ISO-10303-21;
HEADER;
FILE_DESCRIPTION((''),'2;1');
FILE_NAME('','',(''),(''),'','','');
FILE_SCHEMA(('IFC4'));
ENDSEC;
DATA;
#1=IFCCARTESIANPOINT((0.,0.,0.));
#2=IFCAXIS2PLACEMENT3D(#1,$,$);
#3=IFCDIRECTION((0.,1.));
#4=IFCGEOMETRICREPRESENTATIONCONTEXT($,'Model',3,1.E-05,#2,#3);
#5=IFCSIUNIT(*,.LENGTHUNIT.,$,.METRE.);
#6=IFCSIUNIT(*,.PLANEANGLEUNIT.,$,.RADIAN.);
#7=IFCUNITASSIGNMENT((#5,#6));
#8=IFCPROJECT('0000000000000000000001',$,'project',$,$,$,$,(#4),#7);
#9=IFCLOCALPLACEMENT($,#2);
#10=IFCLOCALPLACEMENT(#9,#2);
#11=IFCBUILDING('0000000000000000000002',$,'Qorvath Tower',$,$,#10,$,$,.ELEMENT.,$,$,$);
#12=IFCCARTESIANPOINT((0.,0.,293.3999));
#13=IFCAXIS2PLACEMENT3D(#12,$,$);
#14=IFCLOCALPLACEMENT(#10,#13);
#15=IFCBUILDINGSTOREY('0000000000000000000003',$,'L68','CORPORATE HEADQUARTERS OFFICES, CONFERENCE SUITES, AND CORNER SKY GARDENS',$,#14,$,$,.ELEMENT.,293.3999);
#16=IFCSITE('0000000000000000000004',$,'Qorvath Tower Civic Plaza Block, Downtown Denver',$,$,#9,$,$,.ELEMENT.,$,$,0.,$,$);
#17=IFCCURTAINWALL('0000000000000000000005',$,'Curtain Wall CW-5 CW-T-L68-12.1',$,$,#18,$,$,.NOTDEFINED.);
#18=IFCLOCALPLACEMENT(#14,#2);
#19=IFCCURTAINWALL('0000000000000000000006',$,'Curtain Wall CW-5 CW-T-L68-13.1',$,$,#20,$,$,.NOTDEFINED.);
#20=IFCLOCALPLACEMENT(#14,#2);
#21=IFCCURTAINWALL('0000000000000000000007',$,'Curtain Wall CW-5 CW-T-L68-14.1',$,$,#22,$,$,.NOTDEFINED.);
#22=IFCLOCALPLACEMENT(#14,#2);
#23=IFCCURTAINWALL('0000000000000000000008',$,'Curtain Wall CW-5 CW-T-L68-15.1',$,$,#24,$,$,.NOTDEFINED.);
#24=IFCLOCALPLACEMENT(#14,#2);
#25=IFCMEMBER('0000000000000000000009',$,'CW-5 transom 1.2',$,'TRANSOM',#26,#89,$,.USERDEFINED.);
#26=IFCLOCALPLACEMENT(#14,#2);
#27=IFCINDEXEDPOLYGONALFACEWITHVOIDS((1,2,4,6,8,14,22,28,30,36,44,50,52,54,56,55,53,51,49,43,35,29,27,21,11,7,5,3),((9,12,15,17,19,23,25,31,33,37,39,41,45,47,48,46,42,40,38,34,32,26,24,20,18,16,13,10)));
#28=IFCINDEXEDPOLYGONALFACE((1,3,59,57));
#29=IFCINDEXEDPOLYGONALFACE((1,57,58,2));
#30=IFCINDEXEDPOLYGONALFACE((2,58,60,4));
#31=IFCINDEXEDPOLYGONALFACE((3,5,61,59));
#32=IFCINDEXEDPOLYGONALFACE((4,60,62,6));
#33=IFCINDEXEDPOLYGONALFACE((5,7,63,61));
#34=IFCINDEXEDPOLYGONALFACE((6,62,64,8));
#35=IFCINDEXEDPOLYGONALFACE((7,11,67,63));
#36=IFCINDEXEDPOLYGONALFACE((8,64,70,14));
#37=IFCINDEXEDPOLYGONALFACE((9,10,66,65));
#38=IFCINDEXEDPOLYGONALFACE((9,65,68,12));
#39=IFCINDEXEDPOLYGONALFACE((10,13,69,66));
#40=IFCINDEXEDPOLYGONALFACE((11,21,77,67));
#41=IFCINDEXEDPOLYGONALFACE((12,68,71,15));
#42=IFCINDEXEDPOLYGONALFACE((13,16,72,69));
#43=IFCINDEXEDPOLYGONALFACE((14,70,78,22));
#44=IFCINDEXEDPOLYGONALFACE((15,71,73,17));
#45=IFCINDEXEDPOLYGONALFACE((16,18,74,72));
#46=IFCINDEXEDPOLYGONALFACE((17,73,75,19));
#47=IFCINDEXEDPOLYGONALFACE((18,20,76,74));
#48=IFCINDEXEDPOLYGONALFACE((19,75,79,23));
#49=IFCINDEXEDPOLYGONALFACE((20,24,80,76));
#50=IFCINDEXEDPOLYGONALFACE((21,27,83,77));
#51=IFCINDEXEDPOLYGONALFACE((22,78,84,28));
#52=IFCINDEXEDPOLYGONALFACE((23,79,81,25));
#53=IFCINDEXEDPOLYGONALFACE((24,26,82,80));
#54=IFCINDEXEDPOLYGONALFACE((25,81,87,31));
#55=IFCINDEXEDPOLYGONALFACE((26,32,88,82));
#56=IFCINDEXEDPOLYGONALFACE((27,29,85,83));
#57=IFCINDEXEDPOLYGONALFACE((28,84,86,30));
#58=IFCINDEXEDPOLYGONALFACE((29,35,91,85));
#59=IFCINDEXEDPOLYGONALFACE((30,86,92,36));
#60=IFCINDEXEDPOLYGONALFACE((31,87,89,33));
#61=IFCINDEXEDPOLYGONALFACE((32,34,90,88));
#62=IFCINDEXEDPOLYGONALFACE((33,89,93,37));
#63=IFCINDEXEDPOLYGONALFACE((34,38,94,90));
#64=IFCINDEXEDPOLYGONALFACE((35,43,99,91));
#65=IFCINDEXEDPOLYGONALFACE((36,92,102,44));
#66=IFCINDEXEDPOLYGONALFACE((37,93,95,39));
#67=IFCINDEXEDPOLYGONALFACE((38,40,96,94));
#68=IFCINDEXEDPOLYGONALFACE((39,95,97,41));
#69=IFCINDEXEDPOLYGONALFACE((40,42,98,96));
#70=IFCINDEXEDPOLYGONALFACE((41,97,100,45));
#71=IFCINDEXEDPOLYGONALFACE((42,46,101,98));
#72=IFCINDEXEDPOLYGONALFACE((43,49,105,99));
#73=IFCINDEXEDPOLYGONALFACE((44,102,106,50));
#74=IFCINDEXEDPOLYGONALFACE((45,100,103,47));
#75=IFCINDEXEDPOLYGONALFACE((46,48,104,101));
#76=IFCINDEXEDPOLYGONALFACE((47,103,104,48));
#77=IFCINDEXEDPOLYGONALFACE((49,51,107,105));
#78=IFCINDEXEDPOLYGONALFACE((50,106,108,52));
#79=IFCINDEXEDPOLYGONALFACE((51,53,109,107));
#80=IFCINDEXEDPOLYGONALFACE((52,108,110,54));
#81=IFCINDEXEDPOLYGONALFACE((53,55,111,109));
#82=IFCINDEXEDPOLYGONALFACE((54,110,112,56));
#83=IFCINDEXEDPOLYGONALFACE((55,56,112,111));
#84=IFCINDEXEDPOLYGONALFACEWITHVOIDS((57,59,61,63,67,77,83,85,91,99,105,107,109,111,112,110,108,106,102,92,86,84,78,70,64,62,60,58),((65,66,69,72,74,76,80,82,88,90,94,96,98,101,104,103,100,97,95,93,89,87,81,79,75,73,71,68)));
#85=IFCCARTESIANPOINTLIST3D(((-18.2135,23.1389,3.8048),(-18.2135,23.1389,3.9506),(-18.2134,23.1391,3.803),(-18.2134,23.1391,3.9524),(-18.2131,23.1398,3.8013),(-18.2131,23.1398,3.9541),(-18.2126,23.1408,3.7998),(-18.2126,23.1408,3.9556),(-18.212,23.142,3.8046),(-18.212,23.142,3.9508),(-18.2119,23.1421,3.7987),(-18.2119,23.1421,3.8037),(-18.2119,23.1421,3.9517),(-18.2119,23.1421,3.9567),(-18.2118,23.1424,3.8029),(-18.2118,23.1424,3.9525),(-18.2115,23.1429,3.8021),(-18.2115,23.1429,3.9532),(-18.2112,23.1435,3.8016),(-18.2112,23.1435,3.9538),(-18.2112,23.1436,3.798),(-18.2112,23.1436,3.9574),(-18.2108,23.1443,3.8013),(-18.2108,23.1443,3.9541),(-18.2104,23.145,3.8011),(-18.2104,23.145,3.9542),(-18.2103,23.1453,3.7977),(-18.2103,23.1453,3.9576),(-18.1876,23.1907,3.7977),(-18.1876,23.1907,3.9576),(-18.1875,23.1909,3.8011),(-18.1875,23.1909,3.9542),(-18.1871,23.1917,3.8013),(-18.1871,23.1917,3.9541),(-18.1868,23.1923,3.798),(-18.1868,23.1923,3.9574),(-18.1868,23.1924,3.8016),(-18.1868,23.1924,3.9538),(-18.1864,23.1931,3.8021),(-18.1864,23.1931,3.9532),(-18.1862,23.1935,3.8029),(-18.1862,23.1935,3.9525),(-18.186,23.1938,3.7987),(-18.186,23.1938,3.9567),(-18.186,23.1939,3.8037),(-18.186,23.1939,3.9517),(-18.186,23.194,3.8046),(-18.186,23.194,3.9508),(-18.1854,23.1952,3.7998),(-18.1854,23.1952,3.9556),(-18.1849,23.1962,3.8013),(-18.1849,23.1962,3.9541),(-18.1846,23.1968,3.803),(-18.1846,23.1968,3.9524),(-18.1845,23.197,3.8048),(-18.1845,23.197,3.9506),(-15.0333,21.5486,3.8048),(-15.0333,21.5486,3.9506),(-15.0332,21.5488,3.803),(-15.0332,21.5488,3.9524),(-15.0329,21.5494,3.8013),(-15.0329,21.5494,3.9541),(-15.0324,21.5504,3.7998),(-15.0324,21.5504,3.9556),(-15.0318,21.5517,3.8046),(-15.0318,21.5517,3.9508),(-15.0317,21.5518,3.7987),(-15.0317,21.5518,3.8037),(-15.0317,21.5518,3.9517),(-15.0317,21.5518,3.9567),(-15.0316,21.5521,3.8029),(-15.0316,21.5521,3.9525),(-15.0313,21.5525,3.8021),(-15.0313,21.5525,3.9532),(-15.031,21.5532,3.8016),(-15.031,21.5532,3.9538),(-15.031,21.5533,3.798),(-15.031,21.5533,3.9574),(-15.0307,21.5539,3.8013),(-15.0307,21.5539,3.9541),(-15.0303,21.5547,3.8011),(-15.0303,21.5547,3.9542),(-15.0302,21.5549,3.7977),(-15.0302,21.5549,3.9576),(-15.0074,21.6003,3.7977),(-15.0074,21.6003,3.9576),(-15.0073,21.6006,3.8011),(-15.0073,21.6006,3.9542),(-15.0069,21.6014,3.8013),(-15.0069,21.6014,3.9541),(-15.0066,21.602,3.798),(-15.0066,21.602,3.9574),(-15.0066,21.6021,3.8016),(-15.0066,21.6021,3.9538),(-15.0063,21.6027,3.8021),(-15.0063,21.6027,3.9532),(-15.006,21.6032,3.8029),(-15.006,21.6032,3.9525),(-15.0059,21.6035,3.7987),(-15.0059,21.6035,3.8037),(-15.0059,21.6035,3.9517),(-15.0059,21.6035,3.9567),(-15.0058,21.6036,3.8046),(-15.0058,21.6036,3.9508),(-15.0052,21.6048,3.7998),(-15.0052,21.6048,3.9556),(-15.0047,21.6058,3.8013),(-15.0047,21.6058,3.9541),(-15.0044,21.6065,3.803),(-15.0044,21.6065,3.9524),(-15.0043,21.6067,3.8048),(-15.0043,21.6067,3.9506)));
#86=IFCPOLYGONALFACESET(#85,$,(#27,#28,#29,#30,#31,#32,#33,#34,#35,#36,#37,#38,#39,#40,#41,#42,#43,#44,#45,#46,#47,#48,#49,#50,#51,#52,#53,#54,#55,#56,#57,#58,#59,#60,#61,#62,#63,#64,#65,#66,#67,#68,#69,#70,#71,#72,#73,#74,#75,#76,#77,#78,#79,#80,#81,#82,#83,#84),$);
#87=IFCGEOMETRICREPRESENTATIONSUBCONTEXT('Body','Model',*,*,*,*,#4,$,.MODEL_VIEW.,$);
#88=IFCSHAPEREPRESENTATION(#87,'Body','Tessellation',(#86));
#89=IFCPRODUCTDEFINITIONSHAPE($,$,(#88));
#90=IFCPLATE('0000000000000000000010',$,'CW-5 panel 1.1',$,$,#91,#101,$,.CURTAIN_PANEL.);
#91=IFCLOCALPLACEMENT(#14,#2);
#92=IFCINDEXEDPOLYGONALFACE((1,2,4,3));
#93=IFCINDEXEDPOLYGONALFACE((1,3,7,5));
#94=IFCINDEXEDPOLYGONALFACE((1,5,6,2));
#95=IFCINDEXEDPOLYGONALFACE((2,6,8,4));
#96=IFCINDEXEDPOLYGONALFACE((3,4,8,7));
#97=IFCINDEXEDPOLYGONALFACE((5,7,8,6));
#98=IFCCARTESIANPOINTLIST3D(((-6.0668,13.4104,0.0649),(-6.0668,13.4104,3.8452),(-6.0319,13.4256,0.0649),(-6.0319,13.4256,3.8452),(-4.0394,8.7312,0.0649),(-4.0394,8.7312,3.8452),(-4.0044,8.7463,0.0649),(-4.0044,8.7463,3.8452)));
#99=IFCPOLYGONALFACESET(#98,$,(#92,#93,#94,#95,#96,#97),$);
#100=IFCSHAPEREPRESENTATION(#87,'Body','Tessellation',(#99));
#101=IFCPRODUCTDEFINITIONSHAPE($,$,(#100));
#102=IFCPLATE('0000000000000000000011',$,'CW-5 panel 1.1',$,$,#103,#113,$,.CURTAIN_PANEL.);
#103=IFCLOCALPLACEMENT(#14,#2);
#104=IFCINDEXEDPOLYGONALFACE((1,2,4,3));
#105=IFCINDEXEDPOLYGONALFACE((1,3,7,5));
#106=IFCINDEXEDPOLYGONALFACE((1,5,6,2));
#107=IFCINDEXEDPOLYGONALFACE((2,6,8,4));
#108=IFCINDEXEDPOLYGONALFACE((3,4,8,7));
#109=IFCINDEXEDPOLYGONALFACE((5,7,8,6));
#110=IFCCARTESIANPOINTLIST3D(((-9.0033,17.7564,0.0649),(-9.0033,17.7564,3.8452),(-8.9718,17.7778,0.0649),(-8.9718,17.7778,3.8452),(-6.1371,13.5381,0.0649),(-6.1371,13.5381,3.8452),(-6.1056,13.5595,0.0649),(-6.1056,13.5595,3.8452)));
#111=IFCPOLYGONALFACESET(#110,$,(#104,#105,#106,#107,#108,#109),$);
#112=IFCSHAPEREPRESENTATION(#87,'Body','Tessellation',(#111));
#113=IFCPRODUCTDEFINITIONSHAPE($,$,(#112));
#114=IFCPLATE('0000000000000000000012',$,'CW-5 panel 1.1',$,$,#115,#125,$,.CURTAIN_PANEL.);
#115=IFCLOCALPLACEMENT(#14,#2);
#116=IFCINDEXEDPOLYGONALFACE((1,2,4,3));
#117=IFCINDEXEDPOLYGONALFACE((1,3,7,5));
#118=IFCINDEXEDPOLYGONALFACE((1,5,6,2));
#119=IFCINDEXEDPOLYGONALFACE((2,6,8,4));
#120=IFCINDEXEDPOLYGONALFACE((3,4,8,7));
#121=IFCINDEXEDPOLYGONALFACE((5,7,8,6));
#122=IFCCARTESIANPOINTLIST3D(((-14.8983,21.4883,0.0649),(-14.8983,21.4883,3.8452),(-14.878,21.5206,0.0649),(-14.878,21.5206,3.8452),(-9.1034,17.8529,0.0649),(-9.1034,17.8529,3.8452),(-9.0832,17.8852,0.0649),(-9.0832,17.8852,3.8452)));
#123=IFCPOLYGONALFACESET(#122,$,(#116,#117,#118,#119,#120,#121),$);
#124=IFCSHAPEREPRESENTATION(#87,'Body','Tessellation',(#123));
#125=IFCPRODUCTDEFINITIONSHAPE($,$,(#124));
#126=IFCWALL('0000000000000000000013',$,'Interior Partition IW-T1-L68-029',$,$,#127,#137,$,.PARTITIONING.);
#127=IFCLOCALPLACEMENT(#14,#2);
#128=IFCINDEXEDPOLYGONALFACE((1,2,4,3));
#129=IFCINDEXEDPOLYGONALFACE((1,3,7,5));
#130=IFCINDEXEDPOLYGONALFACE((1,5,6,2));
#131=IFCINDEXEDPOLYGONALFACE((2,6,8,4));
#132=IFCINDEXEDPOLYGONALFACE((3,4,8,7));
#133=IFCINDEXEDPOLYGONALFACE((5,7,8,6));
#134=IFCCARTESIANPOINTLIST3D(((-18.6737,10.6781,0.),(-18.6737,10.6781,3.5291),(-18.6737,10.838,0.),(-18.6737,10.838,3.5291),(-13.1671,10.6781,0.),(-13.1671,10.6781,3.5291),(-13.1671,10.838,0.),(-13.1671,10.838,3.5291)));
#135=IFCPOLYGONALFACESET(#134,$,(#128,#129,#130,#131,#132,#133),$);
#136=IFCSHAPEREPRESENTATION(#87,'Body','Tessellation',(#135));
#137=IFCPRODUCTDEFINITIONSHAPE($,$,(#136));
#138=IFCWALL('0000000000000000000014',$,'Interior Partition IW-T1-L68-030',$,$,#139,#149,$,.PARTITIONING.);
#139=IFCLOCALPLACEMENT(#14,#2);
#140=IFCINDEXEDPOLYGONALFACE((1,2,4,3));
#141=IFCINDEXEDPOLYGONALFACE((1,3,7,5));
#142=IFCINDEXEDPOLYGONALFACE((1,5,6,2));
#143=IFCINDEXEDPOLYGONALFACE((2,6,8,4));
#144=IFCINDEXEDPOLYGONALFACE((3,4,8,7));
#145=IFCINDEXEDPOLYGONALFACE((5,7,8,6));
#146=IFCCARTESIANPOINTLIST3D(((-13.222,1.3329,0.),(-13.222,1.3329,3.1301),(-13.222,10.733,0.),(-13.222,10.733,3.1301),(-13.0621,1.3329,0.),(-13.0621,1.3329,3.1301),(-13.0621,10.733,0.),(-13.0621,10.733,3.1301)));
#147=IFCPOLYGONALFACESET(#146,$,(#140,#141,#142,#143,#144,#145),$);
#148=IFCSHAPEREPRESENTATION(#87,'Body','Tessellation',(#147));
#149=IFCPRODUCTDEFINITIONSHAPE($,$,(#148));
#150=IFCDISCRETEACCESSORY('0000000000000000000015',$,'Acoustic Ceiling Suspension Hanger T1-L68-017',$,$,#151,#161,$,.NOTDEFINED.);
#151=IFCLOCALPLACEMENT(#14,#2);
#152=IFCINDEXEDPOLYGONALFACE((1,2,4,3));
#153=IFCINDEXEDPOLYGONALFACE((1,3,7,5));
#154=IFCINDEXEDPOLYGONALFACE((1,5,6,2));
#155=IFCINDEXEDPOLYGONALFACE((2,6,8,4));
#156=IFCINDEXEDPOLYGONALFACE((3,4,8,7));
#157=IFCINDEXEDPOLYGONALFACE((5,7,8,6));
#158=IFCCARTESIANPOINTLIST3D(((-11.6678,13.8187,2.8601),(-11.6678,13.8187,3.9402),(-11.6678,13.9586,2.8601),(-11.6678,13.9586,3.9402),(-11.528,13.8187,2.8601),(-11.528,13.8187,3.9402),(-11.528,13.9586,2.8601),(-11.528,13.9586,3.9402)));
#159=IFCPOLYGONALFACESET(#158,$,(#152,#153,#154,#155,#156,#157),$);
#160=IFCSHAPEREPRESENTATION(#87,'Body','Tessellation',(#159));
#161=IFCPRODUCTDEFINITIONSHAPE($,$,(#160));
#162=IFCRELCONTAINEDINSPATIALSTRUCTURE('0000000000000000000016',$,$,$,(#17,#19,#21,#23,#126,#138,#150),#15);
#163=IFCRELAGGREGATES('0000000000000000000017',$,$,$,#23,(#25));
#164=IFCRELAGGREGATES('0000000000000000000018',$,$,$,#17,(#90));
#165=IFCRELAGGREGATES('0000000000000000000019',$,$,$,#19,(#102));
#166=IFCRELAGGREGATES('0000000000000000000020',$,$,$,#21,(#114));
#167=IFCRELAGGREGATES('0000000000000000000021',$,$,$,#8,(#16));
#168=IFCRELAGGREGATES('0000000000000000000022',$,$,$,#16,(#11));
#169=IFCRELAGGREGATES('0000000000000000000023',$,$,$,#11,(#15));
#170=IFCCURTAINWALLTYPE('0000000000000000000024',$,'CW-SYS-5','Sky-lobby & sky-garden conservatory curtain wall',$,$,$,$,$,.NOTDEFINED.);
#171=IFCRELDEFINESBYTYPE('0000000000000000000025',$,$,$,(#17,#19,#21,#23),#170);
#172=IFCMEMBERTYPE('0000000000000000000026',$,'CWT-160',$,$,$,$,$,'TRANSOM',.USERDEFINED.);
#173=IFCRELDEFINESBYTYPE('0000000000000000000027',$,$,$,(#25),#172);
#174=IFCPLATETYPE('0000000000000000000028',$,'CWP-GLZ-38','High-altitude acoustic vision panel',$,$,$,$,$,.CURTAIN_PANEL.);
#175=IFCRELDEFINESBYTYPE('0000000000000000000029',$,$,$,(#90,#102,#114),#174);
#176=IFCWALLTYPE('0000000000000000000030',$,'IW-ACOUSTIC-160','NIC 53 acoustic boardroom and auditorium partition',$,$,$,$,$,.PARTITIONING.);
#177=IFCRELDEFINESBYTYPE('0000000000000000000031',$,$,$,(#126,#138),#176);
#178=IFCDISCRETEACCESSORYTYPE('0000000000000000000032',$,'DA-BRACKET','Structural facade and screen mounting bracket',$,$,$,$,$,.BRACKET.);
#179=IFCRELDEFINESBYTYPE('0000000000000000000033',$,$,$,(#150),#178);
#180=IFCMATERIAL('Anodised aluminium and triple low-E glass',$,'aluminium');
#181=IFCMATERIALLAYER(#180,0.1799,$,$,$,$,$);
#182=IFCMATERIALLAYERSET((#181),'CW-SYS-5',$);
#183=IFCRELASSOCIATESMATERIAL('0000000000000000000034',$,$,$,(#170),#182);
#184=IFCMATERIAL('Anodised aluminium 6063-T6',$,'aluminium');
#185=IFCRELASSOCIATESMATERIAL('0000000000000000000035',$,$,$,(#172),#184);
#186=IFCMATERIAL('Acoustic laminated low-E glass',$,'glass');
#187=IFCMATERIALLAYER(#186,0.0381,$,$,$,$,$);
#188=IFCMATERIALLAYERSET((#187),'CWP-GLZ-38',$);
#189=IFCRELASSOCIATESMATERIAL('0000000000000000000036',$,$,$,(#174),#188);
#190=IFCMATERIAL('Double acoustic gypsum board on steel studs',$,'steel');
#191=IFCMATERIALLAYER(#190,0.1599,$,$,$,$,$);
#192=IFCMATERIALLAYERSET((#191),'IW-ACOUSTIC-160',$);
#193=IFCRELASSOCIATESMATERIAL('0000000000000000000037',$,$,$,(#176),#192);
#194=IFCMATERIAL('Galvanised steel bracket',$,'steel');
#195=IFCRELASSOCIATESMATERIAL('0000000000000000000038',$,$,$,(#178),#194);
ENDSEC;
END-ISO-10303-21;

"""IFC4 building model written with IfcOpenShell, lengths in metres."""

from ifc_helpers import new_model, si_unit, direction, frame, frame_2d, origin, origin_2d, place, context, subcontext, project, spatial, rectangle, hollow_rectangle, extrude, material, layer, layer_set, material_profile, profile_set, type_object, element, aggregate, save


model = new_model("IFC4")

# Units and contexts
model_context = context("Model", 3, precision=1e-05, world=origin(), true_north=direction((0.0, 1.0)))
body_context = subcontext(model_context, "Body", "Model", "MODEL_VIEW")
ifc_project = project(units=[si_unit("LENGTHUNIT", "METRE"), si_unit("PLANEANGLEUNIT", "RADIAN")], contexts=[model_context])

# Site, building, storey
site_placement = place(None, origin())
site = spatial("IfcSite", under=ifc_project, at=site_placement, Name="Qorvath Tower Civic Plaza Block, Downtown Denver", CompositionType="ELEMENT", RefElevation=0.0)
building_placement = place(site_placement, origin())
building = spatial("IfcBuilding", under=site, at=building_placement, Name="Qorvath Tower", CompositionType="ELEMENT")
storey_placement = place(building_placement, frame((0.0, 0.0, 293.3999)))
storey = spatial("IfcBuildingStorey", under=building, at=storey_placement, Name="L68", Description="CORPORATE HEADQUARTERS OFFICES, CONFERENCE SUITES, AND CORNER SKY GARDENS", CompositionType="ELEMENT", Elevation=293.3999)

# Curtain walls
ifc_material_1 = material(Name="Anodised aluminium and triple low-E glass", Category="aluminium")
ifc_layer_1 = layer(ifc_material_1, 0.1799)
ifc_layer_set_1 = layer_set([ifc_layer_1], Name="CW-SYS-5")
curtain_wall_type = type_object("IfcCurtainWallType", Name="CW-SYS-5", Description="Sky-lobby & sky-garden conservatory curtain wall", PredefinedType="NOTDEFINED", material=ifc_layer_set_1)
curtain_wall_1_placement = place(storey_placement, origin())
curtain_wall_1 = element("IfcCurtainWall", 1, at=curtain_wall_1_placement, inside=storey, type_object=curtain_wall_type, Name="Curtain Wall CW-5 CW-T-L68-12.1", PredefinedType="NOTDEFINED")
curtain_wall_2_placement = place(storey_placement, origin())
curtain_wall_2 = element("IfcCurtainWall", 2, at=curtain_wall_2_placement, inside=storey, type_object=curtain_wall_type, Name="Curtain Wall CW-5 CW-T-L68-13.1", PredefinedType="NOTDEFINED")
curtain_wall_3_placement = place(storey_placement, origin())
curtain_wall_3 = element("IfcCurtainWall", 3, at=curtain_wall_3_placement, inside=storey, type_object=curtain_wall_type, Name="Curtain Wall CW-5 CW-T-L68-14.1", PredefinedType="NOTDEFINED")

# Curtain wall
curtain_wall_4_placement = place(storey_placement, origin())
curtain_wall_4 = element("IfcCurtainWall", 4, at=curtain_wall_4_placement, inside=storey, type_object=curtain_wall_type, Name="Curtain Wall CW-5 CW-T-L68-15.1", PredefinedType="NOTDEFINED")

# Member
ifc_material_2 = material(Name="Anodised aluminium 6063-T6", Category="aluminium")
ifc_material_profile_1 = material_profile(ifc_material_2, hollow_rectangle(XDim=0.0649, YDim=0.1599, WallThickness=0.0034, InnerFilletRadius=0.0034, OuterFilletRadius=0.0071, at=origin_2d()), Name="CWT 160x65")
ifc_profile_set_1 = profile_set([ifc_material_profile_1], Name="Anodised aluminium 6063-T6")
member_type_1 = type_object("IfcMemberType", Name="CWT-160", ElementType="TRANSOM", PredefinedType="USERDEFINED", material=ifc_profile_set_1)
member_1_placement = place(storey_placement, frame((-15.0188, 21.5776, 3.8777), z_axis=(-0.8944, 0.447269, 0.0), x_axis=(-0.447269, -0.8944, 0.0)))
member_1 = element("IfcMember", 5, at=member_1_placement, type_object=member_type_1, Name="CW-5 transom 1.2", ObjectType="TRANSOM", PredefinedType="USERDEFINED", context=body_context, shape_type="SweptSolid", body=[
    extrude(hollow_rectangle(XDim=0.0649, YDim=0.1599, WallThickness=0.0034, InnerFilletRadius=0.0034, OuterFilletRadius=0.0071, at=origin_2d()), origin(), (0.0, 0.0, 1.0), 3.5557),
])
aggregate(curtain_wall_4, [member_1])

# Plates
ifc_material_3 = material(Name="Acoustic laminated low-E glass", Category="glass")
ifc_layer_2 = layer(ifc_material_3, 0.0381)
ifc_layer_set_2 = layer_set([ifc_layer_2], Name="CWP-GLZ-38")
plate_type = type_object("IfcPlateType", Name="CWP-GLZ-38", Description="High-altitude acoustic vision panel", PredefinedType="CURTAIN_PANEL", material=ifc_layer_set_2)
plate_1_placement = place(storey_placement, frame((-5.0356, 11.0784, 0.0649), z_axis=(0.0, 0.0, 1.0), x_axis=(-0.397572, 0.917571, 0.0)))
plate_1 = element("IfcPlate", 6, at=plate_1_placement, type_object=plate_type, Name="CW-5 panel 1.1", PredefinedType="CURTAIN_PANEL", context=body_context, shape_type="SweptSolid", body=[
    extrude(rectangle(XDim=5.0996, YDim=0.0381, at=origin_2d()), origin(), (0.0, 0.0, 1.0), 3.7803),
])
aggregate(curtain_wall_1, [plate_1])
plate_2_placement = place(storey_placement, frame((-7.5544, 15.658, 0.0649), z_axis=(0.0, 0.0, 1.0), x_axis=(-0.562015, 0.827127, 0.0)))
plate_2 = element("IfcPlate", 7, at=plate_2_placement, type_object=plate_type, Name="CW-5 panel 1.1", PredefinedType="CURTAIN_PANEL", context=body_context, shape_type="SweptSolid", body=[
    extrude(rectangle(XDim=5.0999, YDim=0.0381, at=origin_2d()), origin(), (0.0, 0.0, 1.0), 3.7803),
])
aggregate(curtain_wall_2, [plate_2])
plate_3_placement = place(storey_placement, frame((-11.9907, 19.6868, 0.0649), z_axis=(0.0, 0.0, 1.0), x_axis=(-0.847103, 0.531429, 0.0)))
plate_3 = element("IfcPlate", 8, at=plate_3_placement, type_object=plate_type, Name="CW-5 panel 1.1", PredefinedType="CURTAIN_PANEL", context=body_context, shape_type="SweptSolid", body=[
    extrude(rectangle(XDim=6.8408, YDim=0.0381, at=origin_2d()), origin(), (0.0, 0.0, 1.0), 3.7803),
])
aggregate(curtain_wall_3, [plate_3])

# Walls
ifc_material_4 = material(Name="Double acoustic gypsum board on steel studs", Category="steel")
ifc_layer_3 = layer(ifc_material_4, 0.1599)
ifc_layer_set_3 = layer_set([ifc_layer_3], Name="IW-ACOUSTIC-160")
wall_type = type_object("IfcWallType", Name="IW-ACOUSTIC-160", Description="NIC 53 acoustic boardroom and auditorium partition", PredefinedType="PARTITIONING", material=ifc_layer_set_3)
wall_1_placement = place(storey_placement, frame((-13.167, 10.7581, 0.0), z_axis=(0.0, 0.0, 1.0), x_axis=(-1.0, 0.0, 0.0)))
element("IfcWall", 9, at=wall_1_placement, inside=storey, type_object=wall_type, Name="Interior Partition IW-T1-L68-029", PredefinedType="PARTITIONING", context=body_context, shape_type="SweptSolid", body=[
    extrude(rectangle(XDim=5.5066, YDim=0.1599, at=frame_2d((2.7534, 0.0))), origin(), (0.0, 0.0, 1.0), 3.5291),
])
wall_2_placement = place(storey_placement, frame((-13.1421, 10.7332, 0.0), z_axis=(0.0, 0.0, 1.0), x_axis=(0.0, -1.0, 0.0)))
element("IfcWall", 10, at=wall_2_placement, inside=storey, type_object=wall_type, Name="Interior Partition IW-T1-L68-030", PredefinedType="PARTITIONING", context=body_context, shape_type="SweptSolid", body=[
    extrude(rectangle(XDim=9.4001, YDim=0.1599, at=frame_2d((4.7002, 0.0))), origin(), (0.0, 0.0, 1.0), 3.1301),
])

# Discrete accessory
ifc_material_5 = material(Name="Galvanised steel bracket", Category="steel")
discrete_accessory_type = type_object("IfcDiscreteAccessoryType", Name="DA-BRACKET", Description="Structural facade and screen mounting bracket", PredefinedType="BRACKET", material=ifc_material_5)
discrete_accessory_placement = place(storey_placement, frame((-11.5979, 13.8887, 2.8601), z_axis=(0.0, 0.0, 1.0), x_axis=(1.0, 0.0, 0.0)))
element("IfcDiscreteAccessory", 11, at=discrete_accessory_placement, inside=storey, type_object=discrete_accessory_type, Name="Acoustic Ceiling Suspension Hanger T1-L68-017", PredefinedType="NOTDEFINED", context=body_context, shape_type="SweptSolid", body=[
    extrude(rectangle(XDim=0.1399, YDim=0.1399, at=origin_2d()), origin(), (0.0, 0.0, 1.0), 1.0801),
])

save(model, "model.ifc")
